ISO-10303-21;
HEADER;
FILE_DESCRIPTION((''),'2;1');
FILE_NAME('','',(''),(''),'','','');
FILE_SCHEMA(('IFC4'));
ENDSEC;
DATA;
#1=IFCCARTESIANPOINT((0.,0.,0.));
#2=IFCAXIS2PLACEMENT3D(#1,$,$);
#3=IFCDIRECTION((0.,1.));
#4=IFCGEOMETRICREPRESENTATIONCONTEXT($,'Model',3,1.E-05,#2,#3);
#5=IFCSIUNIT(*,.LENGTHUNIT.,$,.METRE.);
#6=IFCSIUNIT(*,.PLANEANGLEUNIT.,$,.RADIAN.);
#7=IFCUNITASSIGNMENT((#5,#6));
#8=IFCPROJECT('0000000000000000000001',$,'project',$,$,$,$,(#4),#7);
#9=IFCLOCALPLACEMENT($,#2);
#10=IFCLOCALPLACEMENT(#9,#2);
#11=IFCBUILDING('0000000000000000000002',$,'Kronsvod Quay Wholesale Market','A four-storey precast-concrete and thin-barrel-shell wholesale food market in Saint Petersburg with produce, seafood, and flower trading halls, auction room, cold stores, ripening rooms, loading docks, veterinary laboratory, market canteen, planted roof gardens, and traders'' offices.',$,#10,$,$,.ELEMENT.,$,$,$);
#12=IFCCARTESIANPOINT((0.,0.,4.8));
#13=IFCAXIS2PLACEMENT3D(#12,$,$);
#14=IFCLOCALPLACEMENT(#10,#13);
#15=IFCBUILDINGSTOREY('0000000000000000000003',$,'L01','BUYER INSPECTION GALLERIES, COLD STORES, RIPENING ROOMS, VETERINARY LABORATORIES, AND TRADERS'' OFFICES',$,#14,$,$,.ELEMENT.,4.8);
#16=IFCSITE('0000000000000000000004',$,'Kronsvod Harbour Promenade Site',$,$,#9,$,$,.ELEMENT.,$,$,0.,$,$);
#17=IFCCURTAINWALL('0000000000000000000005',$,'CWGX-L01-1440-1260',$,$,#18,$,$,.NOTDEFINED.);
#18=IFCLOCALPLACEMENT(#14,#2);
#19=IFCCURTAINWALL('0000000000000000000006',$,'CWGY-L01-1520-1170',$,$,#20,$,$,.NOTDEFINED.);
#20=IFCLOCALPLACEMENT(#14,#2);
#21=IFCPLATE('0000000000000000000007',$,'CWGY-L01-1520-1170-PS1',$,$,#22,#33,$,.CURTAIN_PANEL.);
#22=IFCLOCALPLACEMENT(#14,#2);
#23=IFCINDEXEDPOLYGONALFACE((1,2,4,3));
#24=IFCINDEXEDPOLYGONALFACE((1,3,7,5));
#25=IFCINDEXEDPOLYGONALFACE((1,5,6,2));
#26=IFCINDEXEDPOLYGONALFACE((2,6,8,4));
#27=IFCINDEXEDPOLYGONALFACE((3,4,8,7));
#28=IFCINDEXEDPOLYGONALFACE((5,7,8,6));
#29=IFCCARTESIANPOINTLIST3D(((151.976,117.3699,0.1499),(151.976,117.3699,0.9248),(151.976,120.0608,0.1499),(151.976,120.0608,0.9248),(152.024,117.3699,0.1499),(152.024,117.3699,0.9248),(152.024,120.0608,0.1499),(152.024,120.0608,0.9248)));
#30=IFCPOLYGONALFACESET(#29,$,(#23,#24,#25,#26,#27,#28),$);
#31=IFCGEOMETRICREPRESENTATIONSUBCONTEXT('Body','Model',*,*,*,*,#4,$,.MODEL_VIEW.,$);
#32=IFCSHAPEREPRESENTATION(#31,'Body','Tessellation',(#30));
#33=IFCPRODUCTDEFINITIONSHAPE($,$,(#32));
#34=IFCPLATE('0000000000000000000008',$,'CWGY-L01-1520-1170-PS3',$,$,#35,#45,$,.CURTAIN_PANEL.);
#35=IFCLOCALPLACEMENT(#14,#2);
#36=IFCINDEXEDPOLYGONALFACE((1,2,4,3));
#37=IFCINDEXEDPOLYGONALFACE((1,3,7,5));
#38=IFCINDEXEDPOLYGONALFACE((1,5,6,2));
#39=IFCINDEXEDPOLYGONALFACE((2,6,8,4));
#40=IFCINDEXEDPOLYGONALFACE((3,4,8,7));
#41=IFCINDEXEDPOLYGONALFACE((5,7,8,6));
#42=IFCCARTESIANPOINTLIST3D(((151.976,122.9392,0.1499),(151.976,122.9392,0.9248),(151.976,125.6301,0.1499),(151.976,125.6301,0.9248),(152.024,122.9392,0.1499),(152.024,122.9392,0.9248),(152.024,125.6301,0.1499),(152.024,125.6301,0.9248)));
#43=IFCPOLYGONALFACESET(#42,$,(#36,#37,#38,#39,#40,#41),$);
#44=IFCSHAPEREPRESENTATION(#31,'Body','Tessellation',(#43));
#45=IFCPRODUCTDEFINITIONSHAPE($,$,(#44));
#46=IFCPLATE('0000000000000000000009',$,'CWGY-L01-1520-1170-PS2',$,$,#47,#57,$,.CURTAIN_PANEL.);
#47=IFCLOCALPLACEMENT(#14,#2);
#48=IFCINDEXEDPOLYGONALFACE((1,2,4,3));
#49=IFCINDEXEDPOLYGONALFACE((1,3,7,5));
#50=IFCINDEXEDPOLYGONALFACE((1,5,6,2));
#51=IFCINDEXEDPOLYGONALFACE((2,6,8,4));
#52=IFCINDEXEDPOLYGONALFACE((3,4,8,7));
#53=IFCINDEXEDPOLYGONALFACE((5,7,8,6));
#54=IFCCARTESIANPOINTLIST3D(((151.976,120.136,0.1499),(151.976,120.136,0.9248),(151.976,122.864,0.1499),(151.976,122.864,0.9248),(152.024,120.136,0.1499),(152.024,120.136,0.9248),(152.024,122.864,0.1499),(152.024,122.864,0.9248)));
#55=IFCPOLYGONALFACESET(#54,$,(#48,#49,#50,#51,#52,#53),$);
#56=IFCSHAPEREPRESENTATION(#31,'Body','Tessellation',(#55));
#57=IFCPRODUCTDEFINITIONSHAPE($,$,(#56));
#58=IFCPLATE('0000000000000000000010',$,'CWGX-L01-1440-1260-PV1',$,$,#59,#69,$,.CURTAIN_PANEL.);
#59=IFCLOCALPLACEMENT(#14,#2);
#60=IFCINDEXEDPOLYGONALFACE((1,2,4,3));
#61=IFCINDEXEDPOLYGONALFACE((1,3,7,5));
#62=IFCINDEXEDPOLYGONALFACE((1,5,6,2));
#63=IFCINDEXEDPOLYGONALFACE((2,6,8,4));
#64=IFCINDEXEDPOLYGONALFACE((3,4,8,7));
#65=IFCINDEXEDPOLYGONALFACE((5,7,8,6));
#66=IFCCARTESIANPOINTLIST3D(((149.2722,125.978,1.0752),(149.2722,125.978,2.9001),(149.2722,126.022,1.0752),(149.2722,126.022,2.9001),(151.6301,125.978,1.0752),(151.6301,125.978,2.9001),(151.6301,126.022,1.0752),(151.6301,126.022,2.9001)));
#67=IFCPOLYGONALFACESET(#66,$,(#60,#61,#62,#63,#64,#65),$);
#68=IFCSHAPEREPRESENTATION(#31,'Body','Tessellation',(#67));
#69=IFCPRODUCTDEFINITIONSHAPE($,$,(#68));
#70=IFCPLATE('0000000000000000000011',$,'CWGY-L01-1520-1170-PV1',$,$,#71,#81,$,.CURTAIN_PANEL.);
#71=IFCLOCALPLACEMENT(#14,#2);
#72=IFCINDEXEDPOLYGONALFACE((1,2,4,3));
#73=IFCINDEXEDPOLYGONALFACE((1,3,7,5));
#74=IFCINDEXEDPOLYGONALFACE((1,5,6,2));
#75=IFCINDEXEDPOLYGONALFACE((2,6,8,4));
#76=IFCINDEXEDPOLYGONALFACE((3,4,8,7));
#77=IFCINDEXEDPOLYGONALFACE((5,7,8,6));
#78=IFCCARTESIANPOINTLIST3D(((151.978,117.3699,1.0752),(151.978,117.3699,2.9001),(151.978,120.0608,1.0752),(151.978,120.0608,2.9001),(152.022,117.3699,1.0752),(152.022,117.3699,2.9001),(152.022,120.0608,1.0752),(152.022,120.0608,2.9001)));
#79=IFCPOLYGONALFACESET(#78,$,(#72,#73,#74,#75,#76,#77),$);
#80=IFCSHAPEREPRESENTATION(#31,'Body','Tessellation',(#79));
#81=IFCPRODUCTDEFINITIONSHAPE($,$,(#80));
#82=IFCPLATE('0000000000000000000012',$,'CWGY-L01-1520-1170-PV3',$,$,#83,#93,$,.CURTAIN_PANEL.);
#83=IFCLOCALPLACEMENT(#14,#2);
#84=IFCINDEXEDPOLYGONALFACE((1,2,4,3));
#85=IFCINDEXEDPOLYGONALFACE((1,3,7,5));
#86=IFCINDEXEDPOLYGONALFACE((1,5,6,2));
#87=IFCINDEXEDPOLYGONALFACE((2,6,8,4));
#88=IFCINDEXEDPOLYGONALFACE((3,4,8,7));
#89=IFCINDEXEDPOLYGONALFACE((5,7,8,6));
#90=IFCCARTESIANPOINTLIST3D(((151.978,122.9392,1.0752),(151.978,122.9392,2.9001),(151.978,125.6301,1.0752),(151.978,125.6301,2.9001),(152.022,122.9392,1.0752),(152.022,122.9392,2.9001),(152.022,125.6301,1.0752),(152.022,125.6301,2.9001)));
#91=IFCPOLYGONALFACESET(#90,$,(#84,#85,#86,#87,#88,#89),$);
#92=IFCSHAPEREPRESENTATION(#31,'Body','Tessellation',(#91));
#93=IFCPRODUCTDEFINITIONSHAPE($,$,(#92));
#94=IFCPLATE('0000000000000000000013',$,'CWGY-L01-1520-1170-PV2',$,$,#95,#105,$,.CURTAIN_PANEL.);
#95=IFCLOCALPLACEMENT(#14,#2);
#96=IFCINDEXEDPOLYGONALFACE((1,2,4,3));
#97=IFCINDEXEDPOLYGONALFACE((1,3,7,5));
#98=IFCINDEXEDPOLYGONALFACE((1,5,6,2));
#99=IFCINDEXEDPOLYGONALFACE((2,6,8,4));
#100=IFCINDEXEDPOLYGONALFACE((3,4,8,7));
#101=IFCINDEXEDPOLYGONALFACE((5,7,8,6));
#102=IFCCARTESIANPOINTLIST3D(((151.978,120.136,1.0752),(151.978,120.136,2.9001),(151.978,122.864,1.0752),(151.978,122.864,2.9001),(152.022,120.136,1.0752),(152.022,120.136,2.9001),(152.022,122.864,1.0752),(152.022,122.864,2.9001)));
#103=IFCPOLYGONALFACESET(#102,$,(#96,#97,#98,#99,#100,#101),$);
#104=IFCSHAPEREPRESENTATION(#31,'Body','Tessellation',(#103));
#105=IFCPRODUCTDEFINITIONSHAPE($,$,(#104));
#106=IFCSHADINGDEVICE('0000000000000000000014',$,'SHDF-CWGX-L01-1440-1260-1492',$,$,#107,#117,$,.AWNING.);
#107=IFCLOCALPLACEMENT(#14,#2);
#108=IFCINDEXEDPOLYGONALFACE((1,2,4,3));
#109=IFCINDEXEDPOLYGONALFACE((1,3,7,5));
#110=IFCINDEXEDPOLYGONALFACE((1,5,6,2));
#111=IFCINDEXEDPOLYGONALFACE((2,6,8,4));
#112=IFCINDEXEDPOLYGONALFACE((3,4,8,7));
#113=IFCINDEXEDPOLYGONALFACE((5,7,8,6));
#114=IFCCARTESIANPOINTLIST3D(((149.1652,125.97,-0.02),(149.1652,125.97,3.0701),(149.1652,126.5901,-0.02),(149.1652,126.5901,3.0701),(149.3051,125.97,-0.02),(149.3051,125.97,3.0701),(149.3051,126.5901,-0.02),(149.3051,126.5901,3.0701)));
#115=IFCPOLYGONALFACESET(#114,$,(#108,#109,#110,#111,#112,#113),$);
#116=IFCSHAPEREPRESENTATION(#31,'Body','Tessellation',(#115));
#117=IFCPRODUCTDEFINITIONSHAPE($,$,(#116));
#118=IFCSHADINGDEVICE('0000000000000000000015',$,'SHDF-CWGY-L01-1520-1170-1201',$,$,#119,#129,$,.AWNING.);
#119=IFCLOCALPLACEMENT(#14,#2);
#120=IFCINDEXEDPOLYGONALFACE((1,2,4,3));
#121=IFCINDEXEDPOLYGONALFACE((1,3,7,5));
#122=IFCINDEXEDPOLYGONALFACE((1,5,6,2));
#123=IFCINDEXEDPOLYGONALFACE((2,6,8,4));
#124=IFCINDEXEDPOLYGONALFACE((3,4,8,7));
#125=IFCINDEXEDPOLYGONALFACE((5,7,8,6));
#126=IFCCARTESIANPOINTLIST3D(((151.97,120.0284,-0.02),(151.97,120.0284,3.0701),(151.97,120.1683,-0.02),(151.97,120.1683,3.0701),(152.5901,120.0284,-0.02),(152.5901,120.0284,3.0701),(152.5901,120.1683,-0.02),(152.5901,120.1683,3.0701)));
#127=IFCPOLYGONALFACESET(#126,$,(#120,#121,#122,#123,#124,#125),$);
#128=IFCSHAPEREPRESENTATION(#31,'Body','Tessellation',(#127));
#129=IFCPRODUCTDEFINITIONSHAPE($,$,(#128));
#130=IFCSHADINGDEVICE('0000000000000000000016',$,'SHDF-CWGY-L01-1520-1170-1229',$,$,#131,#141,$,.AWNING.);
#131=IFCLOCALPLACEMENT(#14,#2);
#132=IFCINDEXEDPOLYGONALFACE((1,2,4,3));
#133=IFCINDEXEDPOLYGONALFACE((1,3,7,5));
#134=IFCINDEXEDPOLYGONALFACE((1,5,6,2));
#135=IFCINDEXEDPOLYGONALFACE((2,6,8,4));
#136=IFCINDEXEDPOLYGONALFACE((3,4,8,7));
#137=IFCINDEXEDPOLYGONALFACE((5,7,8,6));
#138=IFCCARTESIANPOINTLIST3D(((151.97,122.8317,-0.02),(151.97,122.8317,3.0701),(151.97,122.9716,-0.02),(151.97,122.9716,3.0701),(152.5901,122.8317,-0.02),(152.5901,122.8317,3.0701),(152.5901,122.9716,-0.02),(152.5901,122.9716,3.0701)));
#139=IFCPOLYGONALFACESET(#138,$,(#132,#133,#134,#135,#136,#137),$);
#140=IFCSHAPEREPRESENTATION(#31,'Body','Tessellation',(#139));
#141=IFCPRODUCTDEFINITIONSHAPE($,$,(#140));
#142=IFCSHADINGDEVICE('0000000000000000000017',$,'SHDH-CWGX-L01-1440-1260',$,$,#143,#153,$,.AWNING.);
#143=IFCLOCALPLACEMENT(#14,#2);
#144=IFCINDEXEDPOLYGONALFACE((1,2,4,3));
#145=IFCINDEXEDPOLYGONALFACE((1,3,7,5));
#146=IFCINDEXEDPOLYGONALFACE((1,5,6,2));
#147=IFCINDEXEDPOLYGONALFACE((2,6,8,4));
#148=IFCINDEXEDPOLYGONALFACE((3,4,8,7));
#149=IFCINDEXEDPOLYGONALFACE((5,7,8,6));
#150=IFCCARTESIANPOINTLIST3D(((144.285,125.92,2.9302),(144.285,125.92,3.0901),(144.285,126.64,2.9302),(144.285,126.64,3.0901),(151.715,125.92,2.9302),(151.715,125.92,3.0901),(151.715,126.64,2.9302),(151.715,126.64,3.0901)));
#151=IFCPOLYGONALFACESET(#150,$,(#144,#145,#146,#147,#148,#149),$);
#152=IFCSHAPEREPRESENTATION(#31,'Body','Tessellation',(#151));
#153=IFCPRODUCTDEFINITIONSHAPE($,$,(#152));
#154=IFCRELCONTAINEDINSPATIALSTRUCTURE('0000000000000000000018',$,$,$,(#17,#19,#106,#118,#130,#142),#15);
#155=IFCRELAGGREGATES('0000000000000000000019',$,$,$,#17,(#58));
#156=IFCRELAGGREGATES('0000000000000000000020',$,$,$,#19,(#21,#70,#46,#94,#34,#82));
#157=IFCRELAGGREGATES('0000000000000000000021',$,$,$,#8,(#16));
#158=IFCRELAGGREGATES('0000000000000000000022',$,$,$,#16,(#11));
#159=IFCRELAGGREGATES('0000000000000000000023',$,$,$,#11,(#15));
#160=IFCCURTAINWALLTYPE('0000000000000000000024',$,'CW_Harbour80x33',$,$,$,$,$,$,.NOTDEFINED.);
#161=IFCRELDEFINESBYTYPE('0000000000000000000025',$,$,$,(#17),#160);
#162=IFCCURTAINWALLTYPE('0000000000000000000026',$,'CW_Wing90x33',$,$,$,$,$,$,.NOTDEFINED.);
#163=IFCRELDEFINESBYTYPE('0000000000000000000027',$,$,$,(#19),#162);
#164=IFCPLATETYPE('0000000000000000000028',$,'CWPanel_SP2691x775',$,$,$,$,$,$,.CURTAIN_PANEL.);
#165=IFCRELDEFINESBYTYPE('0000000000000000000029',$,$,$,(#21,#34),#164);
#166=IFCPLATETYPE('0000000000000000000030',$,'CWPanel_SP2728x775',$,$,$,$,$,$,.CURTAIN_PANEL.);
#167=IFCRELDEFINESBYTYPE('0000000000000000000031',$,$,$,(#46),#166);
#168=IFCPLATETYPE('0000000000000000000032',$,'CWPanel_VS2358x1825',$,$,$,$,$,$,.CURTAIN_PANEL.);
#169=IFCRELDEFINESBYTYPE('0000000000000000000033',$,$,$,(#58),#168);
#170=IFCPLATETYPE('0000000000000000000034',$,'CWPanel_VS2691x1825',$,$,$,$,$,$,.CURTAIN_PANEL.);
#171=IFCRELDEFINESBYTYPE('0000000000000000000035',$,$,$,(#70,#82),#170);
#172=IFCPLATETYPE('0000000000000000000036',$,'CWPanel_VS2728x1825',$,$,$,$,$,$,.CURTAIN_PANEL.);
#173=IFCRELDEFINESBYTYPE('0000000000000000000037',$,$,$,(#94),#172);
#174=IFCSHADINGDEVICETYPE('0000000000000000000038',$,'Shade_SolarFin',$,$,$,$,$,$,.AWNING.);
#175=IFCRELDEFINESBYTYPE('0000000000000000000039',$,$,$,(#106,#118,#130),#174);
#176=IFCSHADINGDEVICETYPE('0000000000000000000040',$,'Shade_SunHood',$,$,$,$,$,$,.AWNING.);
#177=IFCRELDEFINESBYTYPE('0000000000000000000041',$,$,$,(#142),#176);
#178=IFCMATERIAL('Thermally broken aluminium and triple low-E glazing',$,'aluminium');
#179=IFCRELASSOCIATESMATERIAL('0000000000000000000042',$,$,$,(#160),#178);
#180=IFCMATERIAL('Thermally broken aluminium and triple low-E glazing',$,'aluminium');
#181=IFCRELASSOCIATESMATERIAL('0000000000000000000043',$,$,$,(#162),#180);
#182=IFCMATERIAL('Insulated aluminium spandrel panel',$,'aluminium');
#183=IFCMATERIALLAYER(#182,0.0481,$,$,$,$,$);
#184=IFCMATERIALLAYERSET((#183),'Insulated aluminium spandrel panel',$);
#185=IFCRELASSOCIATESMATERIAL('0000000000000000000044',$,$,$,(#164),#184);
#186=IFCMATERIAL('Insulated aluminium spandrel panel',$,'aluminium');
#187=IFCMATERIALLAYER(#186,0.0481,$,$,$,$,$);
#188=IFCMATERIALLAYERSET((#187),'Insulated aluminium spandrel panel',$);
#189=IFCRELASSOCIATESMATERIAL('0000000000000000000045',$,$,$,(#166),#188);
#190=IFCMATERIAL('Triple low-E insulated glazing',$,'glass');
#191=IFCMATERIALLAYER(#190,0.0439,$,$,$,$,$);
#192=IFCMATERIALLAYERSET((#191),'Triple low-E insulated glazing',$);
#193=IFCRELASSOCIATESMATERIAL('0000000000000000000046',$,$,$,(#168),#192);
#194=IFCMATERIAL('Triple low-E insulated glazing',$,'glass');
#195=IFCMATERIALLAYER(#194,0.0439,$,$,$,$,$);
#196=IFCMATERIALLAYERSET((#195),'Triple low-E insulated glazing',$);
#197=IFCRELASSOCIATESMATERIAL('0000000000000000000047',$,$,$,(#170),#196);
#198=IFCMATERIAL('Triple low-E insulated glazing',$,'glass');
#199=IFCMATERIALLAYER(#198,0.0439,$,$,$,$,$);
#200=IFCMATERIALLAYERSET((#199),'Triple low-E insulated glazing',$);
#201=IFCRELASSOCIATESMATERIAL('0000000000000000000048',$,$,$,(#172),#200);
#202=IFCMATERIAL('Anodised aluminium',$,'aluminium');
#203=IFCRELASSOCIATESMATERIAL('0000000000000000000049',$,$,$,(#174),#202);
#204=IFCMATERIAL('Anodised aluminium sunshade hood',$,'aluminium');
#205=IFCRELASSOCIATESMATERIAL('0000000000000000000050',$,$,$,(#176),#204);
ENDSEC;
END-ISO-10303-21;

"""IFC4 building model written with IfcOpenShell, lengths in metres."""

from ifc_helpers import new_model, si_unit, direction, frame, origin, origin_2d, place, context, subcontext, project, spatial, rectangle, extrude, material, layer, layer_set, type_object, element, aggregate, save


model = new_model("IFC4")

# Units and contexts
model_context = context("Model", 3, precision=1e-05, world=origin(), true_north=direction((0.0, 1.0)))
body_context = subcontext(model_context, "Body", "Model", "MODEL_VIEW")
ifc_project = project(units=[si_unit("LENGTHUNIT", "METRE"), si_unit("PLANEANGLEUNIT", "RADIAN")], contexts=[model_context])

# Site, building, storey
site_placement = place(None, origin())
site = spatial("IfcSite", under=ifc_project, at=site_placement, Name="Kronsvod Harbour Promenade Site", CompositionType="ELEMENT", RefElevation=0.0)
building_placement = place(site_placement, origin())
building = spatial("IfcBuilding", under=site, at=building_placement, Name="Kronsvod Quay Wholesale Market", Description="A four-storey precast-concrete and thin-barrel-shell wholesale food market in Saint Petersburg with produce, seafood, and flower trading halls, auction room, cold stores, ripening rooms, loading docks, veterinary laboratory, market canteen, planted roof gardens, and traders' offices.", CompositionType="ELEMENT")
storey_placement = place(building_placement, frame((0.0, 0.0, 4.8)))
storey = spatial("IfcBuildingStorey", under=building, at=storey_placement, Name="L01", Description="BUYER INSPECTION GALLERIES, COLD STORES, RIPENING ROOMS, VETERINARY LABORATORIES, AND TRADERS' OFFICES", CompositionType="ELEMENT", Elevation=4.8)

# Curtain walls
ifc_material_1 = material(Name="Thermally broken aluminium and triple low-E glazing", Category="aluminium")
curtain_wall_type_1 = type_object("IfcCurtainWallType", Name="CW_Harbour80x33", PredefinedType="NOTDEFINED", material=ifc_material_1)
curtain_wall_1_placement = place(storey_placement, origin())
curtain_wall_1 = element("IfcCurtainWall", 1, at=curtain_wall_1_placement, inside=storey, type_object=curtain_wall_type_1, Name="CWGX-L01-1440-1260", PredefinedType="NOTDEFINED")
ifc_material_2 = material(Name="Thermally broken aluminium and triple low-E glazing", Category="aluminium")
curtain_wall_type_2 = type_object("IfcCurtainWallType", Name="CW_Wing90x33", PredefinedType="NOTDEFINED", material=ifc_material_2)
curtain_wall_2_placement = place(storey_placement, origin())
curtain_wall_2 = element("IfcCurtainWall", 2, at=curtain_wall_2_placement, inside=storey, type_object=curtain_wall_type_2, Name="CWGY-L01-1520-1170", PredefinedType="NOTDEFINED")

# Plates
ifc_material_3 = material(Name="Insulated aluminium spandrel panel", Category="aluminium")
ifc_layer_1 = layer(ifc_material_3, 0.0481)
ifc_layer_set_1 = layer_set([ifc_layer_1], Name="Insulated aluminium spandrel panel")
plate_type_1 = type_object("IfcPlateType", Name="CWPanel_SP2691x775", PredefinedType="CURTAIN_PANEL", material=ifc_layer_set_1)
plate_1_placement = place(storey_placement, frame((152.0, 118.7153, 0.1499), z_axis=(0.0, 0.0, 1.0), x_axis=(0.0, 1.0, 0.0)))
plate_1 = element("IfcPlate", 3, at=plate_1_placement, type_object=plate_type_1, Name="CWGY-L01-1520-1170-PS1", PredefinedType="CURTAIN_PANEL", context=body_context, shape_type="SweptSolid", body=[
    extrude(rectangle(XDim=2.6909, YDim=0.0481, at=origin_2d()), origin(), (0.0, 0.0, 1.0), 0.7749),
])
plate_2_placement = place(storey_placement, frame((152.0, 124.2847, 0.1499), z_axis=(0.0, 0.0, 1.0), x_axis=(0.0, 1.0, 0.0)))
plate_2 = element("IfcPlate", 4, at=plate_2_placement, type_object=plate_type_1, Name="CWGY-L01-1520-1170-PS3", PredefinedType="CURTAIN_PANEL", context=body_context, shape_type="SweptSolid", body=[
    extrude(rectangle(XDim=2.6909, YDim=0.0481, at=origin_2d()), origin(), (0.0, 0.0, 1.0), 0.7749),
])
ifc_material_4 = material(Name="Insulated aluminium spandrel panel", Category="aluminium")
ifc_layer_2 = layer(ifc_material_4, 0.0481)
ifc_layer_set_2 = layer_set([ifc_layer_2], Name="Insulated aluminium spandrel panel")
plate_type_2 = type_object("IfcPlateType", Name="CWPanel_SP2728x775", PredefinedType="CURTAIN_PANEL", material=ifc_layer_set_2)
plate_3_placement = place(storey_placement, frame((152.0, 121.5, 0.1499), z_axis=(0.0, 0.0, 1.0), x_axis=(0.0, 1.0, 0.0)))
plate_3 = element("IfcPlate", 5, at=plate_3_placement, type_object=plate_type_2, Name="CWGY-L01-1520-1170-PS2", PredefinedType="CURTAIN_PANEL", context=body_context, shape_type="SweptSolid", body=[
    extrude(rectangle(XDim=2.728, YDim=0.0481, at=origin_2d()), origin(), (0.0, 0.0, 1.0), 0.7749),
])
ifc_material_5 = material(Name="Triple low-E insulated glazing", Category="glass")
ifc_layer_3 = layer(ifc_material_5, 0.0439)
ifc_layer_set_3 = layer_set([ifc_layer_3], Name="Triple low-E insulated glazing")
plate_type_3 = type_object("IfcPlateType", Name="CWPanel_VS2358x1825", PredefinedType="CURTAIN_PANEL", material=ifc_layer_set_3)
plate_4_placement = place(storey_placement, frame((150.4512, 126.0, 1.0752), z_axis=(0.0, 0.0, 1.0), x_axis=(-1.0, 0.0, 0.0)))
plate_4 = element("IfcPlate", 6, at=plate_4_placement, type_object=plate_type_3, Name="CWGX-L01-1440-1260-PV1", PredefinedType="CURTAIN_PANEL", context=body_context, shape_type="SweptSolid", body=[
    extrude(rectangle(XDim=2.3579, YDim=0.0439, at=origin_2d()), origin(), (0.0, 0.0, 1.0), 1.825),
])
aggregate(curtain_wall_1, [plate_4])
ifc_material_6 = material(Name="Triple low-E insulated glazing", Category="glass")
ifc_layer_4 = layer(ifc_material_6, 0.0439)
ifc_layer_set_4 = layer_set([ifc_layer_4], Name="Triple low-E insulated glazing")
plate_type_4 = type_object("IfcPlateType", Name="CWPanel_VS2691x1825", PredefinedType="CURTAIN_PANEL", material=ifc_layer_set_4)
plate_5_placement = place(storey_placement, frame((152.0, 118.7153, 1.0752), z_axis=(0.0, 0.0, 1.0), x_axis=(0.0, 1.0, 0.0)))
plate_5 = element("IfcPlate", 7, at=plate_5_placement, type_object=plate_type_4, Name="CWGY-L01-1520-1170-PV1", PredefinedType="CURTAIN_PANEL", context=body_context, shape_type="SweptSolid", body=[
    extrude(rectangle(XDim=2.6909, YDim=0.0439, at=origin_2d()), origin(), (0.0, 0.0, 1.0), 1.825),
])
plate_6_placement = place(storey_placement, frame((152.0, 124.2847, 1.0752), z_axis=(0.0, 0.0, 1.0), x_axis=(0.0, 1.0, 0.0)))
plate_6 = element("IfcPlate", 8, at=plate_6_placement, type_object=plate_type_4, Name="CWGY-L01-1520-1170-PV3", PredefinedType="CURTAIN_PANEL", context=body_context, shape_type="SweptSolid", body=[
    extrude(rectangle(XDim=2.6909, YDim=0.0439, at=origin_2d()), origin(), (0.0, 0.0, 1.0), 1.825),
])
ifc_material_7 = material(Name="Triple low-E insulated glazing", Category="glass")
ifc_layer_5 = layer(ifc_material_7, 0.0439)
ifc_layer_set_5 = layer_set([ifc_layer_5], Name="Triple low-E insulated glazing")
plate_type_5 = type_object("IfcPlateType", Name="CWPanel_VS2728x1825", PredefinedType="CURTAIN_PANEL", material=ifc_layer_set_5)
plate_7_placement = place(storey_placement, frame((152.0, 121.5, 1.0752), z_axis=(0.0, 0.0, 1.0), x_axis=(0.0, 1.0, 0.0)))
plate_7 = element("IfcPlate", 9, at=plate_7_placement, type_object=plate_type_5, Name="CWGY-L01-1520-1170-PV2", PredefinedType="CURTAIN_PANEL", context=body_context, shape_type="SweptSolid", body=[
    extrude(rectangle(XDim=2.728, YDim=0.0439, at=origin_2d()), origin(), (0.0, 0.0, 1.0), 1.825),
])
aggregate(curtain_wall_2, [plate_1, plate_5, plate_3, plate_7, plate_2, plate_6])

# Shading devices
ifc_material_8 = material(Name="Anodised aluminium", Category="aluminium")
shading_device_type_1 = type_object("IfcShadingDeviceType", Name="Shade_SolarFin", PredefinedType="AWNING", material=ifc_material_8)
shading_device_1_placement = place(storey_placement, frame((149.2351, 126.28, -0.02), z_axis=(0.0, 0.0, 1.0), x_axis=(1.0, 0.0, 0.0)))
element("IfcShadingDevice", 10, at=shading_device_1_placement, inside=storey, type_object=shading_device_type_1, Name="SHDF-CWGX-L01-1440-1260-1492", PredefinedType="AWNING", context=body_context, shape_type="SweptSolid", body=[
    extrude(rectangle(XDim=0.1399, YDim=0.6201, at=origin_2d()), origin(), (0.0, 0.0, 1.0), 3.0901),
])
for number, where, z_axis, x_axis, name in (
    (11, (152.28, 120.0984, -0.02), (0.0, 0.0, 1.0), (1.0, 0.0, 0.0), "SHDF-CWGY-L01-1520-1170-1201"),
    (12, (152.28, 122.9016, -0.02), (0.0, 0.0, 1.0), (1.0, 0.0, 0.0), "SHDF-CWGY-L01-1520-1170-1229"),
):
    element("IfcShadingDevice", number, at=place(storey_placement, frame(where, z_axis=z_axis, x_axis=x_axis)), inside=storey, type_object=shading_device_type_1, Name=name, PredefinedType="AWNING", context=body_context, shape_type="SweptSolid", body=[
        extrude(rectangle(XDim=0.6201, YDim=0.1399, at=origin_2d()), origin(), (0.0, 0.0, 1.0), 3.0901),
    ])
ifc_material_9 = material(Name="Anodised aluminium sunshade hood", Category="aluminium")
shading_device_type_2 = type_object("IfcShadingDeviceType", Name="Shade_SunHood", PredefinedType="AWNING", material=ifc_material_9)
shading_device_2_placement = place(storey_placement, frame((148.0, 126.28, 2.9302), z_axis=(0.0, 0.0, 1.0), x_axis=(1.0, 0.0, 0.0)))
element("IfcShadingDevice", 13, at=shading_device_2_placement, inside=storey, type_object=shading_device_type_2, Name="SHDH-CWGX-L01-1440-1260", PredefinedType="AWNING", context=body_context, shape_type="SweptSolid", body=[
    extrude(rectangle(XDim=7.4299, YDim=0.72, at=origin_2d()), origin(), (0.0, 0.0, 1.0), 0.1599),
])

save(model, "model.ifc")
